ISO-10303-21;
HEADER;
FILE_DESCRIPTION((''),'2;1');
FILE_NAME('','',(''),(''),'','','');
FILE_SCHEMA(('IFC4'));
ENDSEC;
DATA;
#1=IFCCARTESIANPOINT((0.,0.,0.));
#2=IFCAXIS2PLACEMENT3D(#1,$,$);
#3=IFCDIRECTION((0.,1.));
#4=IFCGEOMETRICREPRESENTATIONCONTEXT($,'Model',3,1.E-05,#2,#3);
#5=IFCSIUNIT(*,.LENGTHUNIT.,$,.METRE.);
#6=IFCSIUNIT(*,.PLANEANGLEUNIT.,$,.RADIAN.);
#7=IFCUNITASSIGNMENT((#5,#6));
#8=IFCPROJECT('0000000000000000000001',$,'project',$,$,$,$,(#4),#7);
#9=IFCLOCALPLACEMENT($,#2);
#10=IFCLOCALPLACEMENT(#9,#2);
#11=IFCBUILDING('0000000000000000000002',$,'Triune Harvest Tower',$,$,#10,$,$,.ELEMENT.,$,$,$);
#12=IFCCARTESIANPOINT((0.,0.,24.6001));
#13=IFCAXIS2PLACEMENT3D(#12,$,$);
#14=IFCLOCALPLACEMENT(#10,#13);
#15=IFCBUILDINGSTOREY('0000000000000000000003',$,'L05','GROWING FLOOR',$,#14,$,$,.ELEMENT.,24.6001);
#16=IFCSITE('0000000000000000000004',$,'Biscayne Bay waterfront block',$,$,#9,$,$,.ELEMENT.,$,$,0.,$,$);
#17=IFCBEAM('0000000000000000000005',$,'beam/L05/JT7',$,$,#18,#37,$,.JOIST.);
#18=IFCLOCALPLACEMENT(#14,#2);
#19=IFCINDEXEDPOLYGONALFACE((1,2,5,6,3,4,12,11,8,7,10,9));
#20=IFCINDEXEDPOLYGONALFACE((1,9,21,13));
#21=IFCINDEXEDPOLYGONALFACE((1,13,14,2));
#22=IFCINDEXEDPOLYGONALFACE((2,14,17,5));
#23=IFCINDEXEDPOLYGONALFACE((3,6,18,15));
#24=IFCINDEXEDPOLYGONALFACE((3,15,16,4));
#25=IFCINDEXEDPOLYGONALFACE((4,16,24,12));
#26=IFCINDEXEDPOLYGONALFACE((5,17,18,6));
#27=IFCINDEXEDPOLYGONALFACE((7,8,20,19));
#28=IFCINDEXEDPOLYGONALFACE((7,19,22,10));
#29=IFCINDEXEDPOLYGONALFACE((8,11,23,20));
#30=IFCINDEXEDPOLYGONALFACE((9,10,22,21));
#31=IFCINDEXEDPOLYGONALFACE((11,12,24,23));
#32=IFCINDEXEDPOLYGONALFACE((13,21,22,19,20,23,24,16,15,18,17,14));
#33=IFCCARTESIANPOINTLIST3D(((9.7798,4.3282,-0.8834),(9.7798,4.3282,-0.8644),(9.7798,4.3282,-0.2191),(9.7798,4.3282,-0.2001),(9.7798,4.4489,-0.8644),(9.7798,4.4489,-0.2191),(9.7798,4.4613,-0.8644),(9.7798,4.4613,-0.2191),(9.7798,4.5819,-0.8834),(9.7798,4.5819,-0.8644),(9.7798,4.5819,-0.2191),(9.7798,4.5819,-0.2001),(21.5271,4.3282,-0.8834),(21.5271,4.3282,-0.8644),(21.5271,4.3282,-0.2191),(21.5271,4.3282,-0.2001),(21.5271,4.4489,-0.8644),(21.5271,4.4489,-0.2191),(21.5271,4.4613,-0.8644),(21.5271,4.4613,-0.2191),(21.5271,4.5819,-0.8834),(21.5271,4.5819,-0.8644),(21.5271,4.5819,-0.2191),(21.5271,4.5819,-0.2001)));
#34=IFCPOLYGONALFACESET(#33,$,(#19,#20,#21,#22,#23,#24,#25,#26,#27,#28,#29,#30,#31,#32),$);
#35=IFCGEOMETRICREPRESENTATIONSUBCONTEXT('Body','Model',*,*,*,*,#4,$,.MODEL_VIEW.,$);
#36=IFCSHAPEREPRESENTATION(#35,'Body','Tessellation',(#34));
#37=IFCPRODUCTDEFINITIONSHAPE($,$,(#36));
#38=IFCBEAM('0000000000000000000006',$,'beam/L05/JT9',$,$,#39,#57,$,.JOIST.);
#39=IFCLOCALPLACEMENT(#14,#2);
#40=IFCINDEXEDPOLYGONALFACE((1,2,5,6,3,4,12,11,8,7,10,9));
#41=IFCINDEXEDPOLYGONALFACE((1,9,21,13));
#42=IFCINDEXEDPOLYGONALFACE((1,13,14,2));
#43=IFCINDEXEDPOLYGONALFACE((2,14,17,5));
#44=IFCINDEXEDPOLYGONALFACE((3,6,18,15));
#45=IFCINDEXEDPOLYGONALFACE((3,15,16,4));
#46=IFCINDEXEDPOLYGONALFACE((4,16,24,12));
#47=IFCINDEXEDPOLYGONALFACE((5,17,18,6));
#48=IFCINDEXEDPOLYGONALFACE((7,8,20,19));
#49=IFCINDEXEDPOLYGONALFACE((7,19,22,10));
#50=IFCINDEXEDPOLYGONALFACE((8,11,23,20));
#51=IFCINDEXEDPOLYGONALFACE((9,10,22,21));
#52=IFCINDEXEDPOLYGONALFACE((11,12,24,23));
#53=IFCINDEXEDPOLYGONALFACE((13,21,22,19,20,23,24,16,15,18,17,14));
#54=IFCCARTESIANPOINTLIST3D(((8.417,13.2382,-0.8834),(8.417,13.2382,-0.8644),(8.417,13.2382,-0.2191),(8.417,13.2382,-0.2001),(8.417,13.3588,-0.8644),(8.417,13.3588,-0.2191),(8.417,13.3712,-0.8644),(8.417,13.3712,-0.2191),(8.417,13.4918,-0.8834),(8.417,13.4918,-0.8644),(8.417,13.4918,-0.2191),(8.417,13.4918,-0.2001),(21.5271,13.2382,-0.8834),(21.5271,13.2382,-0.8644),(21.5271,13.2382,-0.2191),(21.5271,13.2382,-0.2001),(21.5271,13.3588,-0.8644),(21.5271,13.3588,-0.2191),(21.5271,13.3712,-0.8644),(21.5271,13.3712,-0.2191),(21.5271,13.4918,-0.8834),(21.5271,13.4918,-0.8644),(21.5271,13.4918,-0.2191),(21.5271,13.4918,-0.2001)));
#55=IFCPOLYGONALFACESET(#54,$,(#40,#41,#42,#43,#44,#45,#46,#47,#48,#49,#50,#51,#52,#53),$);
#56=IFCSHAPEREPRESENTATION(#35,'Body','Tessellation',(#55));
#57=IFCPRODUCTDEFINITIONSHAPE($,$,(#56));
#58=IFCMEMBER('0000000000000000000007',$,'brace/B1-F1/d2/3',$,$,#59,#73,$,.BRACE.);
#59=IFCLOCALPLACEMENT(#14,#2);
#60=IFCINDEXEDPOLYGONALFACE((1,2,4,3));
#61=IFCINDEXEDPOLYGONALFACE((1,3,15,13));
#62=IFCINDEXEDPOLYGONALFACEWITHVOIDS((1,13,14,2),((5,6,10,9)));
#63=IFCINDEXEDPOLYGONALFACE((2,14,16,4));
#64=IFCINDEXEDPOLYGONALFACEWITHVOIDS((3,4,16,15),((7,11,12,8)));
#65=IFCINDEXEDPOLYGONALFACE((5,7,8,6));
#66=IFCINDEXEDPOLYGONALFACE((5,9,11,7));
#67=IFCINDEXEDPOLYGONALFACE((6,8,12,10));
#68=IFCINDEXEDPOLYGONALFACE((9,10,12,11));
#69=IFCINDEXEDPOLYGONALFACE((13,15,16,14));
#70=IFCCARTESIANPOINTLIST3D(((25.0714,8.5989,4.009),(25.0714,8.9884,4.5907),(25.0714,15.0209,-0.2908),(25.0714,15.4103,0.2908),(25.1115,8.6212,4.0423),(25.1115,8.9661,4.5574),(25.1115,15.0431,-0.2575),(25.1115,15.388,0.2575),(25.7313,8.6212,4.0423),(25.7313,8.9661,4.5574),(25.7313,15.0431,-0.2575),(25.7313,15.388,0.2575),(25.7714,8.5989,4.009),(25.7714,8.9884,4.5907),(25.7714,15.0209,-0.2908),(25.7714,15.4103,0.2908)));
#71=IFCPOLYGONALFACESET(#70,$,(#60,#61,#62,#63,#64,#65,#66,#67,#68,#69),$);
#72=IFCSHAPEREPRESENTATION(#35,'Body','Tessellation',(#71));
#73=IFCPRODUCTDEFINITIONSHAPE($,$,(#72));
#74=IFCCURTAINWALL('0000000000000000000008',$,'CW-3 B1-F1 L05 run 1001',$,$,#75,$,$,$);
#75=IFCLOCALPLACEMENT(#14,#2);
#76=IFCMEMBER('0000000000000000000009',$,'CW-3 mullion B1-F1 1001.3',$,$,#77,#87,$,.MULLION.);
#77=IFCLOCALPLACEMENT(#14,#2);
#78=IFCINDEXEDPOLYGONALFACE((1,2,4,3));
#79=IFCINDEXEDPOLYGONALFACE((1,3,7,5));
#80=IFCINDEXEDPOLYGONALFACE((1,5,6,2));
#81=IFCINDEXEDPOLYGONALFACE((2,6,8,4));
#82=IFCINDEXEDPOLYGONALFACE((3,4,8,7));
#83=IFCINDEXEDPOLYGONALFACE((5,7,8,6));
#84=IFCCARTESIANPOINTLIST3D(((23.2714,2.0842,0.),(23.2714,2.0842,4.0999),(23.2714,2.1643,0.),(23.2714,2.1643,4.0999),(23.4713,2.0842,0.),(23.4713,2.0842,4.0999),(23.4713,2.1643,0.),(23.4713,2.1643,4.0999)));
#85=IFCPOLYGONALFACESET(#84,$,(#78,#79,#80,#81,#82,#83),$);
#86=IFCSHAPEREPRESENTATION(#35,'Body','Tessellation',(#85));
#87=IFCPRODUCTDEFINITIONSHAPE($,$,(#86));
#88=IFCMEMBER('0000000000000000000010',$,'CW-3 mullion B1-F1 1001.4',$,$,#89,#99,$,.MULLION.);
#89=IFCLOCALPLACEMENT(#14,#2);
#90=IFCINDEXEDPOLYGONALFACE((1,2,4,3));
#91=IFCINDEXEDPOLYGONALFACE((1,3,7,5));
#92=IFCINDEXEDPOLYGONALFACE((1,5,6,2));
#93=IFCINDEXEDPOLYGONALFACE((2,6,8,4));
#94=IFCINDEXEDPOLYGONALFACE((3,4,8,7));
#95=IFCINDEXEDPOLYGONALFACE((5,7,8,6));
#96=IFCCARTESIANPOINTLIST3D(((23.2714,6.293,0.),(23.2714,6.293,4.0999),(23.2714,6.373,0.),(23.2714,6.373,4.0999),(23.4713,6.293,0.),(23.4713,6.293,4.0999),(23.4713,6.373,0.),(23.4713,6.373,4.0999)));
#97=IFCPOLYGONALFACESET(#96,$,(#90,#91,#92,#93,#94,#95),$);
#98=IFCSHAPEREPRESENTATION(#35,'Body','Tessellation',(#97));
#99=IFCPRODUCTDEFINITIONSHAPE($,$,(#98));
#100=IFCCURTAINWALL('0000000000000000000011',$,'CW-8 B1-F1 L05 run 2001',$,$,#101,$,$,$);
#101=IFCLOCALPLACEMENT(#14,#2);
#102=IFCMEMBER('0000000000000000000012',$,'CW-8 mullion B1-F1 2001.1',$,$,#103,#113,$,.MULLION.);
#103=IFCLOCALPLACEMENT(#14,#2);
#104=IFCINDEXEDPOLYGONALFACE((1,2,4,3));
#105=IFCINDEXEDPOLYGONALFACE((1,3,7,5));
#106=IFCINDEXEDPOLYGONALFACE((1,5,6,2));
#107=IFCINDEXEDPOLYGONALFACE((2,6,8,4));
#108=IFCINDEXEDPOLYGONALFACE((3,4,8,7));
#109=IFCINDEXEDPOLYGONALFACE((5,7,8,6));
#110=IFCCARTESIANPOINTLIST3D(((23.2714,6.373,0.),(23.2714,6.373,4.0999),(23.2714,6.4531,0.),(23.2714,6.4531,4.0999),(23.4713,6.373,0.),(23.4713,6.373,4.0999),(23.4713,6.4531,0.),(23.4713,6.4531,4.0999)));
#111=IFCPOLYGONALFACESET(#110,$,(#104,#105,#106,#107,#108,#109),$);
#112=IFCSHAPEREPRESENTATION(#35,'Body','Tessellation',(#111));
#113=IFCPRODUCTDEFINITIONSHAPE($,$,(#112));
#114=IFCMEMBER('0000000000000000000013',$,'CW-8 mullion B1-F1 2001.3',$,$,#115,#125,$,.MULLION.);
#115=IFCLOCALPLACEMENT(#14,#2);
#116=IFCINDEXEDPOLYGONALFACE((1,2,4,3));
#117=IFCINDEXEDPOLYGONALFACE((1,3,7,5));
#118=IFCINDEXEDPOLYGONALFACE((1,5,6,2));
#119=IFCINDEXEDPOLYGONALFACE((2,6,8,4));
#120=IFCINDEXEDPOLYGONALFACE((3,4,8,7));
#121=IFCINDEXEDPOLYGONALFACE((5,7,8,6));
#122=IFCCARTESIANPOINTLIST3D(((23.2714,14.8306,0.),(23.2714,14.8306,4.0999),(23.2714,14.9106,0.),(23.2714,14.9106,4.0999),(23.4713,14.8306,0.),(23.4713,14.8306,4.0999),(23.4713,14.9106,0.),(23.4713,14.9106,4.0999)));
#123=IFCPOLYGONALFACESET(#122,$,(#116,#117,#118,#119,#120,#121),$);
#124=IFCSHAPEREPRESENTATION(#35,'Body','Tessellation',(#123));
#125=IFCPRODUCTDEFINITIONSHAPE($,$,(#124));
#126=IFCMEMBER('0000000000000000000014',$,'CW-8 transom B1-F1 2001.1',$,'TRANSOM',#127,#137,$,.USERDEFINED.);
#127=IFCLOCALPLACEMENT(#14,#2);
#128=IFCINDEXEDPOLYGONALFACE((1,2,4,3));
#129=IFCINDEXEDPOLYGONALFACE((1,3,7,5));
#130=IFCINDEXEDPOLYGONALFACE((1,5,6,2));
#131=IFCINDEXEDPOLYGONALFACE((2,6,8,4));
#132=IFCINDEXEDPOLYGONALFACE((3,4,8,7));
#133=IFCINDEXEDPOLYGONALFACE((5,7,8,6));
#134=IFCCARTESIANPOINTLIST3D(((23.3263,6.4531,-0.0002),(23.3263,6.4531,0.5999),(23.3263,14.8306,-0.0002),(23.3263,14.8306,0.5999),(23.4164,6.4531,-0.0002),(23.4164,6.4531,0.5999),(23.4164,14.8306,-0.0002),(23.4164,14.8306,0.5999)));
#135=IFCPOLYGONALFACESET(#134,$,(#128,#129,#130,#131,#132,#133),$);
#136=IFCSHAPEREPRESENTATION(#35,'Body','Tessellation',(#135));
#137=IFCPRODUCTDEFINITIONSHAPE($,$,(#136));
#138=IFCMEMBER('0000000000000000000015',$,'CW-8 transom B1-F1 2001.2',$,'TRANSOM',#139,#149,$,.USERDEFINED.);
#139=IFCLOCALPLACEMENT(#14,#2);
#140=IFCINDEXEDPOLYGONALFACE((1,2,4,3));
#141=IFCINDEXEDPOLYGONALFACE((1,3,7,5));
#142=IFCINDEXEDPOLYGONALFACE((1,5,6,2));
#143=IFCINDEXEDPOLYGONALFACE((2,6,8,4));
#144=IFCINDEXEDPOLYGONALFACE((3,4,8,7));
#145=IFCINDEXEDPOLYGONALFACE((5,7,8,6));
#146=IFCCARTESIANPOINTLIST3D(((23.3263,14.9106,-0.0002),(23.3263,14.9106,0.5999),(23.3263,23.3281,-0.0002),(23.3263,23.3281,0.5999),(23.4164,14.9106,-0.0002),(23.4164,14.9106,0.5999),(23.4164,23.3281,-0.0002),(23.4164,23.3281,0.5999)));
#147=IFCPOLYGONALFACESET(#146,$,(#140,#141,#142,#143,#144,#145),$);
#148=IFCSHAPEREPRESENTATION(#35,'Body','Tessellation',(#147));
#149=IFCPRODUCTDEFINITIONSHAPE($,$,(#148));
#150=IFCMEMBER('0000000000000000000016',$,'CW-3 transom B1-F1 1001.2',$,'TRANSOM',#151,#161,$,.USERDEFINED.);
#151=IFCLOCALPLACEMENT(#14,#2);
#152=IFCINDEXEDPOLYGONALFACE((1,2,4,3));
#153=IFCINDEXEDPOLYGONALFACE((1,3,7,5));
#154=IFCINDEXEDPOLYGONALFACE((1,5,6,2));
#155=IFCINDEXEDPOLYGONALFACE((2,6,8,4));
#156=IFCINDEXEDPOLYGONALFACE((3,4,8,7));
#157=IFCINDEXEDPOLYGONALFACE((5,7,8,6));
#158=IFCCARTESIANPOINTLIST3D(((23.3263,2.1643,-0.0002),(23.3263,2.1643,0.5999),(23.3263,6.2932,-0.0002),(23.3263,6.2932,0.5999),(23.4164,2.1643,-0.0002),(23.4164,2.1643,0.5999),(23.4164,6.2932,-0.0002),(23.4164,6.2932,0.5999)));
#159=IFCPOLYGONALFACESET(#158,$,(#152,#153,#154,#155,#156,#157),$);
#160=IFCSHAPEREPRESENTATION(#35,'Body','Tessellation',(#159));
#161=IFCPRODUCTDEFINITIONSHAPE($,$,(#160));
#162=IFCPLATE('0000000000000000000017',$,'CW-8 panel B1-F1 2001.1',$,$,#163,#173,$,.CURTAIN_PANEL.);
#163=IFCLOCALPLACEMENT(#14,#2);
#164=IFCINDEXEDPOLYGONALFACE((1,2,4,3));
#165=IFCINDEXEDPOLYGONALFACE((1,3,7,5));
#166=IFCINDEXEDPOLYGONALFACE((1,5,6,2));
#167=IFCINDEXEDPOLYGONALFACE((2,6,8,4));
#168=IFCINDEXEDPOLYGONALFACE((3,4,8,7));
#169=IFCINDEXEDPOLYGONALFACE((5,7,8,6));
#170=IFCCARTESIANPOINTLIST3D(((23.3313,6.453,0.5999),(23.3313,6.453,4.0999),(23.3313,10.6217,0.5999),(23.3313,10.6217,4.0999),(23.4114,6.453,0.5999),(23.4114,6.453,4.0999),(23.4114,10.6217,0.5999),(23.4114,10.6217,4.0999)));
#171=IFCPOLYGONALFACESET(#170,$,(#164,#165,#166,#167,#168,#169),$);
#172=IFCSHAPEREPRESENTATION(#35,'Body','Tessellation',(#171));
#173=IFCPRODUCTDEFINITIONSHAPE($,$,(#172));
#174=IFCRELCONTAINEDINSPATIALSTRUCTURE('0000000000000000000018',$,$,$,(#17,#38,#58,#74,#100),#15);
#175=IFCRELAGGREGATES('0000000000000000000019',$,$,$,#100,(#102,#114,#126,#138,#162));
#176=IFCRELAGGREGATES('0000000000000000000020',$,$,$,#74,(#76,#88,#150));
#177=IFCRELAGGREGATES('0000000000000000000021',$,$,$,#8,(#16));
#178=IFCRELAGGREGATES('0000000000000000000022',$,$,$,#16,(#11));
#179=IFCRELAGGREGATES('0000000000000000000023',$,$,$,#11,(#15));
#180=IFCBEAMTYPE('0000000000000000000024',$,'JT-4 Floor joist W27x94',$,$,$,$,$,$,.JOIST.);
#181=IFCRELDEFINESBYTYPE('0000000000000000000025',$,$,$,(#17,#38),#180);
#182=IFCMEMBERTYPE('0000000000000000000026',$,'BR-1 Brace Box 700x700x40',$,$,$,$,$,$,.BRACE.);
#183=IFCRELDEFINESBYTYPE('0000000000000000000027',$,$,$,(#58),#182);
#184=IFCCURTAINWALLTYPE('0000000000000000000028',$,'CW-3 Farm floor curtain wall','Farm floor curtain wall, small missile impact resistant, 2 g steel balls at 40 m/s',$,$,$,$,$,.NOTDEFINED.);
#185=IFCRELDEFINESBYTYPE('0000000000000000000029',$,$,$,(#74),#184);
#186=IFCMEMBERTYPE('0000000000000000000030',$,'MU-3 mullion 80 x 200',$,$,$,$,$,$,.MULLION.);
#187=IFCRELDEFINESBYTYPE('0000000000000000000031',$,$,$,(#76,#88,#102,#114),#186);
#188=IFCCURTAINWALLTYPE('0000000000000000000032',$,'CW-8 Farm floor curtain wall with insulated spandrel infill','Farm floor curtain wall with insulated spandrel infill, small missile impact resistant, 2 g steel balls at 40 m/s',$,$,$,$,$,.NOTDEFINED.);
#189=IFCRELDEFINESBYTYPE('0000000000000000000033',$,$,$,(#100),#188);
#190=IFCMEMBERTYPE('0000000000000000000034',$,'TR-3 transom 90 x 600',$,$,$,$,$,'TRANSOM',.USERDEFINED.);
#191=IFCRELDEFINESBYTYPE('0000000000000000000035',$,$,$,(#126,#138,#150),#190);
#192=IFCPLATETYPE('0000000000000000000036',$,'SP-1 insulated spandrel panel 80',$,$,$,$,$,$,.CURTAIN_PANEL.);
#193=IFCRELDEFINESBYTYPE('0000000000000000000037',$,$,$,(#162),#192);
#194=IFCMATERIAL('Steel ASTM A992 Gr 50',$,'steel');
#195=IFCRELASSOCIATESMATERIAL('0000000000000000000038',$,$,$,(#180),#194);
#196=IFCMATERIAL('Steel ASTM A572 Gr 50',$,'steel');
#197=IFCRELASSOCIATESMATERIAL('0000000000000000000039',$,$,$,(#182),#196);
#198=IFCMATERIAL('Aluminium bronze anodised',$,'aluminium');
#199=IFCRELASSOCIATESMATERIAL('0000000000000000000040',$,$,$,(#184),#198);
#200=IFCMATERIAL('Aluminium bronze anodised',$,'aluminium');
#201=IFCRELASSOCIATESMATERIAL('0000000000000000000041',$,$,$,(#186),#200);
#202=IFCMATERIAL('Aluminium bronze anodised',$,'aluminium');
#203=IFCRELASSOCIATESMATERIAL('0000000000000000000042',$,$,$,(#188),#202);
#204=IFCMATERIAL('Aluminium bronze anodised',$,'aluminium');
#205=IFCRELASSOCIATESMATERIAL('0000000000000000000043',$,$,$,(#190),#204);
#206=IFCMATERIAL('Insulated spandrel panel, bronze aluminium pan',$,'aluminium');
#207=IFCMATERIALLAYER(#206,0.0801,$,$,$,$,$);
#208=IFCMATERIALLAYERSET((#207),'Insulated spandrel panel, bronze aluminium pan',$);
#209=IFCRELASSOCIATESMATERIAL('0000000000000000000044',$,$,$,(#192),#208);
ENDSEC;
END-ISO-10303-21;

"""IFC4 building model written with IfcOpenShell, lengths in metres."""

from ifc_helpers import new_model, si_unit, direction, frame, origin, origin_2d, place, context, subcontext, project, spatial, rectangle, hollow_rectangle, i_section, extrude, source, transform, mapped, material, layer, layer_set, material_profile, profile_set, type_object, element, aggregate, save


model = new_model("IFC4")

# Units and contexts
model_context = context("Model", 3, precision=1e-05, world=origin(), true_north=direction((0.0, 1.0)))
body_context = subcontext(model_context, "Body", "Model", "MODEL_VIEW")
ifc_project = project(units=[si_unit("LENGTHUNIT", "METRE"), si_unit("PLANEANGLEUNIT", "RADIAN")], contexts=[model_context])

# Site, building, storey
site_placement = place(None, origin())
site = spatial("IfcSite", under=ifc_project, at=site_placement, Name="Biscayne Bay waterfront block", CompositionType="ELEMENT", RefElevation=0.0)
building_placement = place(site_placement, origin())
building = spatial("IfcBuilding", under=site, at=building_placement, Name="Triune Harvest Tower", CompositionType="ELEMENT")
storey_placement = place(building_placement, frame((0.0, 0.0, 24.6001)))
storey = spatial("IfcBuildingStorey", under=building, at=storey_placement, Name="L05", Description="GROWING FLOOR", CompositionType="ELEMENT", Elevation=24.6001)

# Beams
ifc_material_1 = material(Name="Steel ASTM A992 Gr 50", Category="steel")
ifc_material_profile_1 = material_profile(ifc_material_1, i_section(OverallWidth=0.2537, OverallDepth=0.6833, WebThickness=0.0125, FlangeThickness=0.019, at=origin_2d()), Name="W27x94")
ifc_profile_set_1 = profile_set([ifc_material_profile_1], Name="Steel ASTM A992 Gr 50")
beam_type_1 = type_object("IfcBeamType", Name="JT-4 Floor joist W27x94", PredefinedType="JOIST", material=ifc_profile_set_1)
shared_shape_1 = source(origin(), body_context, "Body", "SweptSolid", [
    extrude(i_section(OverallWidth=0.2537, OverallDepth=0.6833, WebThickness=0.0125, FlangeThickness=0.019, at=origin_2d()), origin(), (0.0, 0.0, 1.0), 11.7473),
])
beam_1_placement = place(storey_placement, frame((21.5271, 4.4551, -0.5417), z_axis=(-1.0, 0.0, 0.0), x_axis=(0.0, -1.0, 0.0)))
element("IfcBeam", 1, at=beam_1_placement, inside=storey, type_object=beam_type_1, Name="beam/L05/JT7", PredefinedType="JOIST", context=body_context, shape_type="MappedRepresentation", body=[
    mapped(shared_shape_1, transform((0.0, 0.0, 0.0), scale=1.0)),
])
shared_shape_2 = source(origin(), body_context, "Body", "SweptSolid", [
    extrude(i_section(OverallWidth=0.2537, OverallDepth=0.6833, WebThickness=0.0125, FlangeThickness=0.019, at=origin_2d()), origin(), (0.0, 0.0, 1.0), 13.1101),
])
beam_2_placement = place(storey_placement, frame((21.5271, 13.365, -0.5417), z_axis=(-1.0, 0.0, 0.0), x_axis=(0.0, -1.0, 0.0)))
element("IfcBeam", 2, at=beam_2_placement, inside=storey, type_object=beam_type_1, Name="beam/L05/JT9", PredefinedType="JOIST", context=body_context, shape_type="MappedRepresentation", body=[
    mapped(shared_shape_2, transform((0.0, 0.0, 0.0), scale=1.0)),
])

# Member
ifc_material_2 = material(Name="Steel ASTM A572 Gr 50", Category="steel")
ifc_material_profile_2 = material_profile(ifc_material_2, hollow_rectangle(XDim=0.7, YDim=0.7, WallThickness=0.04, at=origin_2d()), Name="Box 700x700x40")
ifc_profile_set_2 = profile_set([ifc_material_profile_2], Name="Steel ASTM A572 Gr 50")
member_type_1 = type_object("IfcMemberType", Name="BR-1 Brace Box 700x700x40", PredefinedType="BRACE", material=ifc_profile_set_2)
shared_shape_3 = source(origin(), body_context, "Body", "SweptSolid", [
    extrude(hollow_rectangle(XDim=0.7, YDim=0.7, WallThickness=0.04, at=origin_2d()), origin(), (0.0, 0.0, 1.0), 7.7285),
])
member_1_placement = place(storey_placement, frame((25.4214, 15.2156, 0.0), z_axis=(0.0, -0.830941, 0.556361), x_axis=(1.0, 0.0, 0.0)))
element("IfcMember", 3, at=member_1_placement, inside=storey, type_object=member_type_1, Name="brace/B1-F1/d2/3", PredefinedType="BRACE", context=body_context, shape_type="MappedRepresentation", body=[
    mapped(shared_shape_3, transform((0.0, 0.0, 0.0), scale=1.0)),
])

# Curtain walls, members
ifc_material_3 = material(Name="Aluminium bronze anodised", Category="aluminium")
curtain_wall_type_1 = type_object("IfcCurtainWallType", Name="CW-3 Farm floor curtain wall", Description="Farm floor curtain wall, small missile impact resistant, 2 g steel balls at 40 m/s", PredefinedType="NOTDEFINED", material=ifc_material_3)
curtain_wall_1_placement = place(storey_placement, origin())
curtain_wall_1 = element("IfcCurtainWall", 4, at=curtain_wall_1_placement, inside=storey, type_object=curtain_wall_type_1, Name="CW-3 B1-F1 L05 run 1001")
ifc_material_4 = material(Name="Aluminium bronze anodised", Category="aluminium")
ifc_material_profile_3 = material_profile(ifc_material_4, rectangle(XDim=0.2, YDim=0.0801, at=origin_2d()), Name="MU-3 mullion 80 x 200")
ifc_profile_set_3 = profile_set([ifc_material_profile_3], Name="Aluminium bronze anodised")
member_type_2 = type_object("IfcMemberType", Name="MU-3 mullion 80 x 200", PredefinedType="MULLION", material=ifc_profile_set_3)
shared_shape_4 = source(origin(), body_context, "Body", "SweptSolid", [
    extrude(rectangle(XDim=0.2, YDim=0.0801, at=origin_2d()), origin(), (0.0, 0.0, 1.0), 4.0999),
])
member_2_placement = place(storey_placement, frame((23.3713, 2.1243, 0.0), z_axis=(0.0, 0.0, 1.0), x_axis=(-1.0, 0.0, 0.0)))
member_2 = element("IfcMember", 5, at=member_2_placement, type_object=member_type_2, Name="CW-3 mullion B1-F1 1001.3", PredefinedType="MULLION", context=body_context, shape_type="MappedRepresentation", body=[
    mapped(shared_shape_4, transform((0.0, 0.0, 0.0), scale=1.0)),
])
member_3_placement = place(storey_placement, frame((23.3713, 6.333, 0.0), z_axis=(0.0, 0.0, 1.0), x_axis=(-1.0, 0.0, 0.0)))
member_3 = element("IfcMember", 6, at=member_3_placement, type_object=member_type_2, Name="CW-3 mullion B1-F1 1001.4", PredefinedType="MULLION", context=body_context, shape_type="MappedRepresentation", body=[
    mapped(shared_shape_4, transform((0.0, 0.0, 0.0), scale=1.0)),
])
ifc_material_5 = material(Name="Aluminium bronze anodised", Category="aluminium")
curtain_wall_type_2 = type_object("IfcCurtainWallType", Name="CW-8 Farm floor curtain wall with insulated spandrel infill", Description="Farm floor curtain wall with insulated spandrel infill, small missile impact resistant, 2 g steel balls at 40 m/s", PredefinedType="NOTDEFINED", material=ifc_material_5)
curtain_wall_2_placement = place(storey_placement, origin())
curtain_wall_2 = element("IfcCurtainWall", 7, at=curtain_wall_2_placement, inside=storey, type_object=curtain_wall_type_2, Name="CW-8 B1-F1 L05 run 2001")
member_4_placement = place(storey_placement, frame((23.3713, 6.4131, 0.0), z_axis=(0.0, 0.0, 1.0), x_axis=(-1.0, 0.0, 0.0)))
member_4 = element("IfcMember", 8, at=member_4_placement, type_object=member_type_2, Name="CW-8 mullion B1-F1 2001.1", PredefinedType="MULLION", context=body_context, shape_type="MappedRepresentation", body=[
    mapped(shared_shape_4, transform((0.0, 0.0, 0.0), scale=1.0)),
])
member_5_placement = place(storey_placement, frame((23.3713, 14.8706, 0.0), z_axis=(0.0, 0.0, 1.0), x_axis=(-1.0, 0.0, 0.0)))
member_5 = element("IfcMember", 9, at=member_5_placement, type_object=member_type_2, Name="CW-8 mullion B1-F1 2001.3", PredefinedType="MULLION", context=body_context, shape_type="MappedRepresentation", body=[
    mapped(shared_shape_4, transform((0.0, 0.0, 0.0), scale=1.0)),
])
ifc_material_6 = material(Name="Aluminium bronze anodised", Category="aluminium")
ifc_material_profile_4 = material_profile(ifc_material_6, rectangle(XDim=0.0901, YDim=0.6001, at=origin_2d()), Name="TR-3 transom 90 x 600")
ifc_profile_set_4 = profile_set([ifc_material_profile_4], Name="Aluminium bronze anodised")
member_type_3 = type_object("IfcMemberType", Name="TR-3 transom 90 x 600", ElementType="TRANSOM", PredefinedType="USERDEFINED", material=ifc_profile_set_4)
shared_shape_5 = source(origin(), body_context, "Body", "SweptSolid", [
    extrude(rectangle(XDim=0.0901, YDim=0.6001, at=origin_2d()), origin(), (0.0, 0.0, 1.0), 8.3774),
])
member_6_placement = place(storey_placement, frame((23.3713, 6.4531, 0.2998), z_axis=(0.0, 1.0, 0.0), x_axis=(-1.0, 0.0, 0.0)))
member_6 = element("IfcMember", 10, at=member_6_placement, type_object=member_type_3, Name="CW-8 transom B1-F1 2001.1", ObjectType="TRANSOM", PredefinedType="USERDEFINED", context=body_context, shape_type="MappedRepresentation", body=[
    mapped(shared_shape_5, transform((0.0, 0.0, 0.0), scale=1.0)),
])
shared_shape_6 = source(origin(), body_context, "Body", "SweptSolid", [
    extrude(rectangle(XDim=0.0901, YDim=0.6001, at=origin_2d()), origin(), (0.0, 0.0, 1.0), 8.4175),
])
member_7_placement = place(storey_placement, frame((23.3713, 14.9106, 0.2998), z_axis=(0.0, 1.0, 0.0), x_axis=(-1.0, 0.0, 0.0)))
member_7 = element("IfcMember", 11, at=member_7_placement, type_object=member_type_3, Name="CW-8 transom B1-F1 2001.2", ObjectType="TRANSOM", PredefinedType="USERDEFINED", context=body_context, shape_type="MappedRepresentation", body=[
    mapped(shared_shape_6, transform((0.0, 0.0, 0.0), scale=1.0)),
])

# Member
shared_shape_7 = source(origin(), body_context, "Body", "SweptSolid", [
    extrude(rectangle(XDim=0.0901, YDim=0.6001, at=origin_2d()), origin(), (0.0, 0.0, 1.0), 4.1289),
])
member_8_placement = place(storey_placement, frame((23.3713, 2.1643, 0.2998), z_axis=(0.0, 1.0, 0.0), x_axis=(-1.0, 0.0, 0.0)))
member_8 = element("IfcMember", 12, at=member_8_placement, type_object=member_type_3, Name="CW-3 transom B1-F1 1001.2", ObjectType="TRANSOM", PredefinedType="USERDEFINED", context=body_context, shape_type="MappedRepresentation", body=[
    mapped(shared_shape_7, transform((0.0, 0.0, 0.0), scale=1.0)),
])

# Plate
ifc_material_7 = material(Name="Insulated spandrel panel, bronze aluminium pan", Category="aluminium")
ifc_layer_1 = layer(ifc_material_7, 0.0801)
ifc_layer_set_1 = layer_set([ifc_layer_1], Name="Insulated spandrel panel, bronze aluminium pan")
plate_type_1 = type_object("IfcPlateType", Name="SP-1 insulated spandrel panel 80", PredefinedType="CURTAIN_PANEL", material=ifc_layer_set_1)
shared_shape_8 = source(origin(), body_context, "Body", "SweptSolid", [
    extrude(rectangle(XDim=4.1687, YDim=0.0801, at=origin_2d()), origin(), (0.0, 0.0, 1.0), 3.5),
])
plate_1_placement = place(storey_placement, frame((23.3713, 8.5374, 0.5999), z_axis=(0.0, 0.0, 1.0), x_axis=(0.0, 1.0, 0.0)))
plate_1 = element("IfcPlate", 13, at=plate_1_placement, type_object=plate_type_1, Name="CW-8 panel B1-F1 2001.1", PredefinedType="CURTAIN_PANEL", context=body_context, shape_type="MappedRepresentation", body=[
    mapped(shared_shape_8, transform((0.0, 0.0, 0.0), scale=1.0)),
])
aggregate(curtain_wall_2, [member_4, member_5, member_6, member_7, plate_1])
aggregate(curtain_wall_1, [member_2, member_3, member_8])

save(model, "model.ifc")
